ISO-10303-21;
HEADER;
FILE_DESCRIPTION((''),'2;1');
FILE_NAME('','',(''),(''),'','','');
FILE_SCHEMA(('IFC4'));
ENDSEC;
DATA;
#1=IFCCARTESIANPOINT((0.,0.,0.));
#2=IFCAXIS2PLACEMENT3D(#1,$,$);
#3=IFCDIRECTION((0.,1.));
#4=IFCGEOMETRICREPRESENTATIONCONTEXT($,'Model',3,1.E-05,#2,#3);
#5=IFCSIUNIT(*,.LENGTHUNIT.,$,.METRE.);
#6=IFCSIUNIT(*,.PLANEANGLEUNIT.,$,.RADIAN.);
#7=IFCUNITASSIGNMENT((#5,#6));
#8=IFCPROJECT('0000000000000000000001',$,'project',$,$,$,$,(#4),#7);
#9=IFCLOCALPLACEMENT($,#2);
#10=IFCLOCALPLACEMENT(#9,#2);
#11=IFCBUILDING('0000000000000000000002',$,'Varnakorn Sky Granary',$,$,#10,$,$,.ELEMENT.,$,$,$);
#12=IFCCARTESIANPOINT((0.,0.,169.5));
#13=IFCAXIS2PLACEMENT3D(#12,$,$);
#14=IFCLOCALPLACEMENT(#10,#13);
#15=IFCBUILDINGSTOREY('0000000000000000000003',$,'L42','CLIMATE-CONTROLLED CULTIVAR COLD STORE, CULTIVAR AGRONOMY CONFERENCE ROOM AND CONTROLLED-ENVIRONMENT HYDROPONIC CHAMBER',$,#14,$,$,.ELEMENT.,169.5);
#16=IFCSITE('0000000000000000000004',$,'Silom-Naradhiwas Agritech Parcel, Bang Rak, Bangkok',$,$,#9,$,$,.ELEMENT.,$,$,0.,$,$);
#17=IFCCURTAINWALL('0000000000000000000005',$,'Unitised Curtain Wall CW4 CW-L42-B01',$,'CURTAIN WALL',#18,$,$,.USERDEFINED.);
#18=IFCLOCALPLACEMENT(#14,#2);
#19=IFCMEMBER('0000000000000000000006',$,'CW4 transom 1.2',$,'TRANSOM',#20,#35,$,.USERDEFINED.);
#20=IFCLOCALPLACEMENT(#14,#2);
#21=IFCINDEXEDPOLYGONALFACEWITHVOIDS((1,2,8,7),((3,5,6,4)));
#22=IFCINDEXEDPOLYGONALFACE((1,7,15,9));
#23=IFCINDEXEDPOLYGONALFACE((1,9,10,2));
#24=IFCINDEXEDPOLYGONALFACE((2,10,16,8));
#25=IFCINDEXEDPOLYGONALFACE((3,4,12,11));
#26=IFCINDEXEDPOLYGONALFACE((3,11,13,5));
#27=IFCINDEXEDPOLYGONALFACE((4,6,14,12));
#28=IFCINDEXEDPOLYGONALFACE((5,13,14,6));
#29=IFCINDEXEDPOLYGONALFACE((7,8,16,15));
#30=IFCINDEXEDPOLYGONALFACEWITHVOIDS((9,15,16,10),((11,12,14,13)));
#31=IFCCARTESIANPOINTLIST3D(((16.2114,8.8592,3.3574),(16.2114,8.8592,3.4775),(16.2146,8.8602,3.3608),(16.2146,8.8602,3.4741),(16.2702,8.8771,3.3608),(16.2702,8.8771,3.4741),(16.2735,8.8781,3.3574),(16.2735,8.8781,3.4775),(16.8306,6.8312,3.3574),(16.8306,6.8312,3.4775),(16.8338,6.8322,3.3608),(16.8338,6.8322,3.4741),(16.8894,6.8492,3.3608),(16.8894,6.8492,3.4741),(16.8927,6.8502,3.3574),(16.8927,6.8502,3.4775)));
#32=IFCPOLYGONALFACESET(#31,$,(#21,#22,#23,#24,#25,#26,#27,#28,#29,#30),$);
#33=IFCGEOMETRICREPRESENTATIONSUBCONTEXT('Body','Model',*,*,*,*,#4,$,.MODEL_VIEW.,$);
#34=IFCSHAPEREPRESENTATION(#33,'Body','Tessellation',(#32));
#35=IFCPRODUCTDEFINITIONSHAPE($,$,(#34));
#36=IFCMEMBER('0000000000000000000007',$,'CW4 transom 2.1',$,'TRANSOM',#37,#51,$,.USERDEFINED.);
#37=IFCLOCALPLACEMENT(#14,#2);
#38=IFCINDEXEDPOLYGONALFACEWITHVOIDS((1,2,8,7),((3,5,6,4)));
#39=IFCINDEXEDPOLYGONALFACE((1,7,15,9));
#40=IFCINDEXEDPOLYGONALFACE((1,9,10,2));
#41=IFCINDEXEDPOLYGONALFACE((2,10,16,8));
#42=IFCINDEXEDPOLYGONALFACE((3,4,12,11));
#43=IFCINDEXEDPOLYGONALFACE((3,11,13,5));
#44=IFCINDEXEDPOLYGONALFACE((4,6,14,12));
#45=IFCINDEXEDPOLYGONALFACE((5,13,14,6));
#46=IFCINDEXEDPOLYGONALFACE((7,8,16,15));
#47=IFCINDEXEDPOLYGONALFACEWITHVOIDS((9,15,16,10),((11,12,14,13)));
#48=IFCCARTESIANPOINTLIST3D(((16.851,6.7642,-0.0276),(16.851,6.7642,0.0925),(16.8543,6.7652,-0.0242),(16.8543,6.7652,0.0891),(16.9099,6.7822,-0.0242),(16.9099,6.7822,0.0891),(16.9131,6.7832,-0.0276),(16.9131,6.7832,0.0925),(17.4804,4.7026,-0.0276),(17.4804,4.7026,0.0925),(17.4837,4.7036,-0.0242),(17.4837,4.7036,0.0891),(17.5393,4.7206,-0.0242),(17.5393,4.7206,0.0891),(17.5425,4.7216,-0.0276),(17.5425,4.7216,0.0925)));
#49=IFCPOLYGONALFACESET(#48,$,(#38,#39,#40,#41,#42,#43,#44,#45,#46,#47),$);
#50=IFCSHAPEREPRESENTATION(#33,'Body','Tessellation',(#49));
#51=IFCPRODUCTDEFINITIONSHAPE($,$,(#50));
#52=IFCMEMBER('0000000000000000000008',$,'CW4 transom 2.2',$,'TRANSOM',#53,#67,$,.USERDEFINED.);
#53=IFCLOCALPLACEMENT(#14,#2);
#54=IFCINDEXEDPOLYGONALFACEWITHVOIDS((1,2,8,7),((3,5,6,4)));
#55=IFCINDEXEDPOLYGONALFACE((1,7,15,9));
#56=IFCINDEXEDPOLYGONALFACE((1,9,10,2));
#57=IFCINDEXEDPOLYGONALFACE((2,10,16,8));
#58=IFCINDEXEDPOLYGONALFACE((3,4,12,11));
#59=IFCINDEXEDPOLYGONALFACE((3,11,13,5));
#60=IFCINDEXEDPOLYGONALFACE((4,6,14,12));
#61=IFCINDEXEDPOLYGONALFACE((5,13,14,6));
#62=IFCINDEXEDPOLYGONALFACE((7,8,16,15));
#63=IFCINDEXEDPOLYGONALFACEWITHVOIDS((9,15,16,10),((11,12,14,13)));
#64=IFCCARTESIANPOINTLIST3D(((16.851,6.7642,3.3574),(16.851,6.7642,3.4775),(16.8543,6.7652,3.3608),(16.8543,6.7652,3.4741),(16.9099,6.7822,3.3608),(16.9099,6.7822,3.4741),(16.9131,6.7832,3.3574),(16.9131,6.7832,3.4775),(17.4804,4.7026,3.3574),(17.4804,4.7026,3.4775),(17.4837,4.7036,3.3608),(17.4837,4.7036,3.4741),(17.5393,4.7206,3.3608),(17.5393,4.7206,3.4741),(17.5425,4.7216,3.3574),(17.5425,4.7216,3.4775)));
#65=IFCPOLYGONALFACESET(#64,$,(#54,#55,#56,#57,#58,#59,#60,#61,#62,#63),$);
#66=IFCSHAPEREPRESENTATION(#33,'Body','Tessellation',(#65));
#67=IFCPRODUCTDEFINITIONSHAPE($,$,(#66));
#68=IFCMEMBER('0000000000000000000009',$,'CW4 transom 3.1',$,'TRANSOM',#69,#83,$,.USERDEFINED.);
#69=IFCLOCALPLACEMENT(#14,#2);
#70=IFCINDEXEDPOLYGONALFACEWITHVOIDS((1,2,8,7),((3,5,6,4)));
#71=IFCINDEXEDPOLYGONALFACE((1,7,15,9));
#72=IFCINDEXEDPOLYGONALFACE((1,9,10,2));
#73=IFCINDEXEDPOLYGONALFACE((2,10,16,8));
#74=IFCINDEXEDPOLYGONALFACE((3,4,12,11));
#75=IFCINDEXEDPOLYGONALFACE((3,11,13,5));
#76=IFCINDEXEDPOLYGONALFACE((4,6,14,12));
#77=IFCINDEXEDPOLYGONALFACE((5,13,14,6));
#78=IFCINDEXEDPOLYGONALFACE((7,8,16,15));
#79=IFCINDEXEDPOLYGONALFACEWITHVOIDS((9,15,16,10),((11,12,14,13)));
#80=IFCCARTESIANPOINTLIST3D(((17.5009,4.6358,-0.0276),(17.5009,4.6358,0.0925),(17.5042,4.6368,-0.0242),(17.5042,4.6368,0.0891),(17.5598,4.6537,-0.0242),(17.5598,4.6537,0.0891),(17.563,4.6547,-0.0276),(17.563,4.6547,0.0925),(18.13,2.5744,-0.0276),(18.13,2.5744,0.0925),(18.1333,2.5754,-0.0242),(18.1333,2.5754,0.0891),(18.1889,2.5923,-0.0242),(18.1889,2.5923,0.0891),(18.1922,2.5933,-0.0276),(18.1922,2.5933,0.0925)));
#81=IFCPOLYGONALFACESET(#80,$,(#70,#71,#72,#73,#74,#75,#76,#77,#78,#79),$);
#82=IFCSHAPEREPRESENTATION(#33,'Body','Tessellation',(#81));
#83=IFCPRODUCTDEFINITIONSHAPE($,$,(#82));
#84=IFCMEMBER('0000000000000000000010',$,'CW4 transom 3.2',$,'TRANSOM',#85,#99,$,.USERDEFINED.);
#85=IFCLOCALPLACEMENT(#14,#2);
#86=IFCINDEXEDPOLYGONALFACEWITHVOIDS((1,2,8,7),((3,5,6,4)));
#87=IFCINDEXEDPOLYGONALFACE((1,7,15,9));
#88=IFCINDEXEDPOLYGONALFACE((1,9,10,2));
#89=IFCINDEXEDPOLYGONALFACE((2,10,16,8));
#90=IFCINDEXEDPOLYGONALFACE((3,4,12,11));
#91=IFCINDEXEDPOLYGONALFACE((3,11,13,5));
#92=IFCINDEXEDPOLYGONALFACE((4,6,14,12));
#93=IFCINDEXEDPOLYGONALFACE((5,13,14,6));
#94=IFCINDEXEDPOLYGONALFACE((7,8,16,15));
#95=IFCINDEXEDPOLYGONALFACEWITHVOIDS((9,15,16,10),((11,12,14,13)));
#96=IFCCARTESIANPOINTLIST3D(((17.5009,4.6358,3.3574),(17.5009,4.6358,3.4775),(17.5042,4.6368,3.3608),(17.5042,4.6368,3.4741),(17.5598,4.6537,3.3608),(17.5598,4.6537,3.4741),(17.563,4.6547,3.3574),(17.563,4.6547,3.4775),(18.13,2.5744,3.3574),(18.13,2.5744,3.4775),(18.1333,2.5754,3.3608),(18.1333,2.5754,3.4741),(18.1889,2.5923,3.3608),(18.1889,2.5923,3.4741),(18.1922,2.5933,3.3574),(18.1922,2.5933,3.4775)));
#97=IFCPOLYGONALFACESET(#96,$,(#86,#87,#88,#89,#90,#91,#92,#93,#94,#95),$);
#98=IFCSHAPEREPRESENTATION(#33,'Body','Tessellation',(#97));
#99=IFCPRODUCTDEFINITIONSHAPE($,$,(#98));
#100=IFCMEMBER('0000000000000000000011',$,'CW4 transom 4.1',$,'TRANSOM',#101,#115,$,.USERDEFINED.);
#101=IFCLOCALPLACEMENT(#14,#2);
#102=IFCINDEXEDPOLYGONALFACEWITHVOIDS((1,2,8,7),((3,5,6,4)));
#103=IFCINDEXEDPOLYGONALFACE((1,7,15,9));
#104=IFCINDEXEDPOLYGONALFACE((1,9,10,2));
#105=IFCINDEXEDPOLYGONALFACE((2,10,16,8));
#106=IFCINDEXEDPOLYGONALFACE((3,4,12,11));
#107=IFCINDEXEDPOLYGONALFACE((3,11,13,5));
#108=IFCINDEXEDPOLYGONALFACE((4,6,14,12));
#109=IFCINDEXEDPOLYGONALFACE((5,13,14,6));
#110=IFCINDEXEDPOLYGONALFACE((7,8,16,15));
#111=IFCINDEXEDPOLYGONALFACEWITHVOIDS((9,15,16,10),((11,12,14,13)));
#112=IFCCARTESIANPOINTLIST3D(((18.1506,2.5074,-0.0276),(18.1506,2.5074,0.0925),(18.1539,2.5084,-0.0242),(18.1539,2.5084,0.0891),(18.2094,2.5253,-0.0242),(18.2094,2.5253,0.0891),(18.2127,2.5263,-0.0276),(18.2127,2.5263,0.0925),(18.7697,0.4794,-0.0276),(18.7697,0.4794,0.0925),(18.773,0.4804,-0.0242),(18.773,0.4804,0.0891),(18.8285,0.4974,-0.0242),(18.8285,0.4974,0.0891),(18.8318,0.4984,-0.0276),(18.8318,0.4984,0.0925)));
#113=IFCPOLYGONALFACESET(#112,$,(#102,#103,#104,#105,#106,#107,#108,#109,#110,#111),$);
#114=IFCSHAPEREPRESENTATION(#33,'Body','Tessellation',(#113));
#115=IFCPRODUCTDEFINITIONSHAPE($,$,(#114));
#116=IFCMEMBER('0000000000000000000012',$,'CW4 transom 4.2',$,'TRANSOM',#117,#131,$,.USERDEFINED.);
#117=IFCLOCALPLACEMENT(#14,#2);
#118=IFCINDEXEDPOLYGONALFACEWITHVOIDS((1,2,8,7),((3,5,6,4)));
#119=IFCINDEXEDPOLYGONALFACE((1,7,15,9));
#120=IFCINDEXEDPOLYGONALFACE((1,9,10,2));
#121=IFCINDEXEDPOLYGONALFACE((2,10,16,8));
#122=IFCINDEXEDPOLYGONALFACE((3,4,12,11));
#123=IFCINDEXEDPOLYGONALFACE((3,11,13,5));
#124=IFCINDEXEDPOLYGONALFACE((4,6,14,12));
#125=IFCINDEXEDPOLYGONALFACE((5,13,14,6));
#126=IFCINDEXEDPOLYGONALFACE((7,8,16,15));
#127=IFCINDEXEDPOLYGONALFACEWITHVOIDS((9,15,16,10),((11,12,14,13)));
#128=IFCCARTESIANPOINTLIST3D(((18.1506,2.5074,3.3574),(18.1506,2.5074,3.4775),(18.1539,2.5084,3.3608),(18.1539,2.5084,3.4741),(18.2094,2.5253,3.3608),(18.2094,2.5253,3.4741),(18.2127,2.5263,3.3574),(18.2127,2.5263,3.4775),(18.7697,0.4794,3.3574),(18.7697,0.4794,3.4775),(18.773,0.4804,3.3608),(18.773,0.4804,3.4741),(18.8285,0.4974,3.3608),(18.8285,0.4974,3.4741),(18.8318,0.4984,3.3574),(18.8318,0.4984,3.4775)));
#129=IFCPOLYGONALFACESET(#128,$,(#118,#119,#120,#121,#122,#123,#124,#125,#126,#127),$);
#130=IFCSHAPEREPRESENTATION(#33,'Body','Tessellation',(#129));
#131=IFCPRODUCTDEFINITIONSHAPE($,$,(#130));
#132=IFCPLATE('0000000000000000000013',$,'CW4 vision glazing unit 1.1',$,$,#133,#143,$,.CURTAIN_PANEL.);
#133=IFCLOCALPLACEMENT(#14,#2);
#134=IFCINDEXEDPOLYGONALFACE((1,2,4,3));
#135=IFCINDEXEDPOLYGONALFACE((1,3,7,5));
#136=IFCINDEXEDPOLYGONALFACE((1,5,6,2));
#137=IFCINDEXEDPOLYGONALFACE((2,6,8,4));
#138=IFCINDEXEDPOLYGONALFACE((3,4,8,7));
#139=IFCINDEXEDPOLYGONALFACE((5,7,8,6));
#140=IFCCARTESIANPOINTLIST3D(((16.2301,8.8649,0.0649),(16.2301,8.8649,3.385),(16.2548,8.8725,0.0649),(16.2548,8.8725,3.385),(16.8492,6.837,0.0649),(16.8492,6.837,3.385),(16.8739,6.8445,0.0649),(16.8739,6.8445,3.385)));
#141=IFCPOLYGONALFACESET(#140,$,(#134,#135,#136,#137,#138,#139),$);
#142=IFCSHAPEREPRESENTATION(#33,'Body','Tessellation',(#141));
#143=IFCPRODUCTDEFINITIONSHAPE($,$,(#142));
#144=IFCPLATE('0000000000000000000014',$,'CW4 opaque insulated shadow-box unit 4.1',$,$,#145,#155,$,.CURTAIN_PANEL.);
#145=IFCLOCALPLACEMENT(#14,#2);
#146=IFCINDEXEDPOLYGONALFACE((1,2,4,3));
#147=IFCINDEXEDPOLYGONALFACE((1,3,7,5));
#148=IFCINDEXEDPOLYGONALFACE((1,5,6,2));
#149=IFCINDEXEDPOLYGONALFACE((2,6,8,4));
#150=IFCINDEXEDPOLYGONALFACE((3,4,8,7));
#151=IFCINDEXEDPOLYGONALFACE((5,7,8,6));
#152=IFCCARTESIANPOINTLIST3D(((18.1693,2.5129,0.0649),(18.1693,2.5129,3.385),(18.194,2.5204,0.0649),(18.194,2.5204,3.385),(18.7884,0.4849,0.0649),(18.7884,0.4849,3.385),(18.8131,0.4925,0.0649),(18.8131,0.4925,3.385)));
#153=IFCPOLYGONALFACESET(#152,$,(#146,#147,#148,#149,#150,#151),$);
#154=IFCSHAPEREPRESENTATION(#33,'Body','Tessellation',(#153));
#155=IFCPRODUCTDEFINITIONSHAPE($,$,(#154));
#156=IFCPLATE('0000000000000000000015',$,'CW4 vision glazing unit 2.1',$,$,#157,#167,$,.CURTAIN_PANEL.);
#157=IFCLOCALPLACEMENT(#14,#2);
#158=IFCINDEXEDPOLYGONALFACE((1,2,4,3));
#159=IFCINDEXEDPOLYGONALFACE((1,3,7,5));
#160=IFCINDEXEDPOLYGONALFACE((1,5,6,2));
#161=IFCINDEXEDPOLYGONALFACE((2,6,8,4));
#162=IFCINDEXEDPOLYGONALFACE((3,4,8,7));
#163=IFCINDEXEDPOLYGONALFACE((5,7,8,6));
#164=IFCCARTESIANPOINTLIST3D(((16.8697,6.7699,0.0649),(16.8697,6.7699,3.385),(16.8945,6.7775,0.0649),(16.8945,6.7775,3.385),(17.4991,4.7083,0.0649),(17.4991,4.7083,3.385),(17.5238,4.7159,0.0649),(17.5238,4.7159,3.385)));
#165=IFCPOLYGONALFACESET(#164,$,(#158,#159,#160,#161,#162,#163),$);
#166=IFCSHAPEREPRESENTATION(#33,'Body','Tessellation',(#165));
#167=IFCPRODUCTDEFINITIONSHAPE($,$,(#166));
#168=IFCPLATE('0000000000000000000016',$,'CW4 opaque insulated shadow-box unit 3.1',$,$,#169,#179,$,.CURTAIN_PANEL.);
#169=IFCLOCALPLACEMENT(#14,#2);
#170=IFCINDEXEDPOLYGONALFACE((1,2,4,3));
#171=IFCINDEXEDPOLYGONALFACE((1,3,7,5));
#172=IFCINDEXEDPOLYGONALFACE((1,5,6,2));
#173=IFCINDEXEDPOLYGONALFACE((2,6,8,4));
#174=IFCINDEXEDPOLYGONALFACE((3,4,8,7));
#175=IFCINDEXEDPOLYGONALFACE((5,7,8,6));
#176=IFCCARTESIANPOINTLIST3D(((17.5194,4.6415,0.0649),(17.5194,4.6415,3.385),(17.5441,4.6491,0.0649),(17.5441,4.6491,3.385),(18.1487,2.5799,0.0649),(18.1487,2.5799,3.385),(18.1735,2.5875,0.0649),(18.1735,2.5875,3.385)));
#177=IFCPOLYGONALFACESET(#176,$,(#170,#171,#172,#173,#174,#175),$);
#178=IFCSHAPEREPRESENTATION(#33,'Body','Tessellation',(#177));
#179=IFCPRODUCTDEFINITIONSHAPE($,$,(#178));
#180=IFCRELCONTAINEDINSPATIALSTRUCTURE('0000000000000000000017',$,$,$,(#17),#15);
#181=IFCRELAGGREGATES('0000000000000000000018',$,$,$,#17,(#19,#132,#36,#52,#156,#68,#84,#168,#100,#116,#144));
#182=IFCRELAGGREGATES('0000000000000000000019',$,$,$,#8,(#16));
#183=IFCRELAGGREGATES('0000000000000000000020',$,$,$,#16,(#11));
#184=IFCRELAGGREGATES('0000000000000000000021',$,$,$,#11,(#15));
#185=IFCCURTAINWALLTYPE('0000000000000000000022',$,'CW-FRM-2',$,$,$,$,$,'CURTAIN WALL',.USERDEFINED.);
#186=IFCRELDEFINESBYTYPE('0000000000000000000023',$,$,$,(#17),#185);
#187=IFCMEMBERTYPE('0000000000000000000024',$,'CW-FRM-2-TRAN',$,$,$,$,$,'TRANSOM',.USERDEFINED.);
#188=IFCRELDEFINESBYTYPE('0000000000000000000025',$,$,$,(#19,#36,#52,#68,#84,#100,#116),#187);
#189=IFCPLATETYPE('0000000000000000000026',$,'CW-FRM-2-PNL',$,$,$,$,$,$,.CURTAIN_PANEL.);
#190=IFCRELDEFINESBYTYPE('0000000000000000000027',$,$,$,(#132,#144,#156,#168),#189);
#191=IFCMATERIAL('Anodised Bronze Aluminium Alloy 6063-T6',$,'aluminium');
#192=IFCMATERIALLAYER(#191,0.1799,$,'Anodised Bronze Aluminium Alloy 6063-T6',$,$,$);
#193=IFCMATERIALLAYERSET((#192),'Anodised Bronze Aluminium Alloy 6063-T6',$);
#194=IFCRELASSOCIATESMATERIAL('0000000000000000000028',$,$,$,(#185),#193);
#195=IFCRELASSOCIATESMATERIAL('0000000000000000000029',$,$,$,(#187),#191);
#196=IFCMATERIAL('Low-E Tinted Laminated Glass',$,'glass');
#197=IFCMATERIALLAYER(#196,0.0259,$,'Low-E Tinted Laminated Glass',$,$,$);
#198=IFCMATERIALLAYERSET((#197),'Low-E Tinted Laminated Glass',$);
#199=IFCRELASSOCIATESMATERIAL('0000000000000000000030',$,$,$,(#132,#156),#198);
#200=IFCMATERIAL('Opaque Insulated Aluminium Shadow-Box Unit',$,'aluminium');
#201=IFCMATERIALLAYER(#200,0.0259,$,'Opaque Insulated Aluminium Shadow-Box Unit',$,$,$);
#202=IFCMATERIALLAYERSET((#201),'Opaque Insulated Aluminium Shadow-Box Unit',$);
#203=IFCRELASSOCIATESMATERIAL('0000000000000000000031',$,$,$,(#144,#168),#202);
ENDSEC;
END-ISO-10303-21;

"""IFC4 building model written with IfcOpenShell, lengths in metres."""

from ifc_helpers import new_model, si_unit, direction, frame, origin, origin_2d, place, context, subcontext, project, spatial, rectangle, hollow_rectangle, extrude, source, transform, mapped, material, layer, layer_set, material_profile, profile_set, type_object, type_shapes, element, aggregate, save


model = new_model("IFC4")

# Units and contexts
model_context = context("Model", 3, precision=1e-05, world=origin(), true_north=direction((0.0, 1.0)))
body_context = subcontext(model_context, "Body", "Model", "MODEL_VIEW")
ifc_project = project(units=[si_unit("LENGTHUNIT", "METRE"), si_unit("PLANEANGLEUNIT", "RADIAN")], contexts=[model_context])

# Site, building, storey
site_placement = place(None, origin())
site = spatial("IfcSite", under=ifc_project, at=site_placement, Name="Silom-Naradhiwas Agritech Parcel, Bang Rak, Bangkok", CompositionType="ELEMENT", RefElevation=0.0)
building_placement = place(site_placement, origin())
building = spatial("IfcBuilding", under=site, at=building_placement, Name="Varnakorn Sky Granary", CompositionType="ELEMENT")
storey_placement = place(building_placement, frame((0.0, 0.0, 169.5)))
storey = spatial("IfcBuildingStorey", under=building, at=storey_placement, Name="L42", Description="CLIMATE-CONTROLLED CULTIVAR COLD STORE, CULTIVAR AGRONOMY CONFERENCE ROOM AND CONTROLLED-ENVIRONMENT HYDROPONIC CHAMBER", CompositionType="ELEMENT", Elevation=169.5)

# Curtain wall, members, plates
ifc_material_1 = material(Name="Anodised Bronze Aluminium Alloy 6063-T6", Category="aluminium")
ifc_layer_1 = layer(ifc_material_1, 0.1799, Name="Anodised Bronze Aluminium Alloy 6063-T6")
ifc_layer_set_1 = layer_set([ifc_layer_1], Name="Anodised Bronze Aluminium Alloy 6063-T6")
curtain_wall_type = type_object("IfcCurtainWallType", Name="CW-FRM-2", ElementType="CURTAIN WALL", PredefinedType="USERDEFINED", material=ifc_layer_set_1)
curtain_wall_placement = place(storey_placement, origin())
curtain_wall = element("IfcCurtainWall", 1, at=curtain_wall_placement, inside=storey, type_object=curtain_wall_type, Name="Unitised Curtain Wall CW4 CW-L42-B01", ObjectType="CURTAIN WALL", PredefinedType="USERDEFINED")
ifc_material_profile_1 = material_profile(ifc_material_1, hollow_rectangle(XDim=0.0649, YDim=0.1201, WallThickness=0.0034, at=origin_2d()), Name="ALU TRAN 65x120")
ifc_profile_set_1 = profile_set([ifc_material_profile_1], Name="Anodised Bronze Aluminium Alloy 6063-T6")
member_type_1 = type_object("IfcMemberType", Name="CW-FRM-2-TRAN", ElementType="TRANSOM", PredefinedType="USERDEFINED", material=ifc_profile_set_1)
member_1_placement = place(storey_placement, frame((16.2424, 8.8687, 3.4175), z_axis=(0.292014, -0.956414, 0.0), x_axis=(0.956414, 0.292014, 0.0)))
member_1 = element("IfcMember", 2, at=member_1_placement, type_object=member_type_1, Name="CW4 transom 1.2", ObjectType="TRANSOM", PredefinedType="USERDEFINED", context=body_context, shape_type="SweptSolid", body=[
    extrude(hollow_rectangle(XDim=0.0649, YDim=0.1201, WallThickness=0.0034, at=origin_2d()), origin(), (0.0, 0.0, 1.0), 2.1204),
])
member_2_placement = place(storey_placement, frame((16.8821, 6.7737, 0.0325), z_axis=(0.292, -0.956418, 0.0), x_axis=(0.956418, 0.292, 0.0)))
member_2 = element("IfcMember", 3, at=member_2_placement, type_object=member_type_1, Name="CW4 transom 2.1", ObjectType="TRANSOM", PredefinedType="USERDEFINED", context=body_context, shape_type="SweptSolid", body=[
    extrude(hollow_rectangle(XDim=0.0649, YDim=0.1201, WallThickness=0.0034, at=origin_2d()), origin(), (0.0, 0.0, 1.0), 2.1555),
])
member_3_placement = place(storey_placement, frame((16.8821, 6.7737, 3.4175), z_axis=(0.292, -0.956418, 0.0), x_axis=(0.956418, 0.292, 0.0)))
member_3 = element("IfcMember", 4, at=member_3_placement, type_object=member_type_1, Name="CW4 transom 2.2", ObjectType="TRANSOM", PredefinedType="USERDEFINED", context=body_context, shape_type="SweptSolid", body=[
    extrude(hollow_rectangle(XDim=0.0649, YDim=0.1201, WallThickness=0.0034, at=origin_2d()), origin(), (0.0, 0.0, 1.0), 2.1555),
])
member_4_placement = place(storey_placement, frame((17.532, 4.6453, 0.0325), z_axis=(0.291896, -0.95645, 0.0), x_axis=(0.95645, 0.291896, 0.0)))
member_4 = element("IfcMember", 5, at=member_4_placement, type_object=member_type_1, Name="CW4 transom 3.1", ObjectType="TRANSOM", PredefinedType="USERDEFINED", context=body_context, shape_type="SweptSolid", body=[
    extrude(hollow_rectangle(XDim=0.0649, YDim=0.1201, WallThickness=0.0034, at=origin_2d()), origin(), (0.0, 0.0, 1.0), 2.1553),
])
member_5_placement = place(storey_placement, frame((17.532, 4.6453, 3.4175), z_axis=(0.291896, -0.95645, 0.0), x_axis=(0.95645, 0.291896, 0.0)))
member_5 = element("IfcMember", 6, at=member_5_placement, type_object=member_type_1, Name="CW4 transom 3.2", ObjectType="TRANSOM", PredefinedType="USERDEFINED", context=body_context, shape_type="SweptSolid", body=[
    extrude(hollow_rectangle(XDim=0.0649, YDim=0.1201, WallThickness=0.0034, at=origin_2d()), origin(), (0.0, 0.0, 1.0), 2.1553),
])
member_6_placement = place(storey_placement, frame((18.1816, 2.5168, 0.0325), z_axis=(0.291982, -0.956424, 0.0), x_axis=(0.956424, 0.291982, 0.0)))
member_6 = element("IfcMember", 7, at=member_6_placement, type_object=member_type_1, Name="CW4 transom 4.1", ObjectType="TRANSOM", PredefinedType="USERDEFINED", context=body_context, shape_type="SweptSolid", body=[
    extrude(hollow_rectangle(XDim=0.0649, YDim=0.1201, WallThickness=0.0034, at=origin_2d()), origin(), (0.0, 0.0, 1.0), 2.1204),
])
member_7_placement = place(storey_placement, frame((18.1816, 2.5168, 3.4175), z_axis=(0.291982, -0.956424, 0.0), x_axis=(0.956424, 0.291982, 0.0)))
member_7 = element("IfcMember", 8, at=member_7_placement, type_object=member_type_1, Name="CW4 transom 4.2", ObjectType="TRANSOM", PredefinedType="USERDEFINED", context=body_context, shape_type="SweptSolid", body=[
    extrude(hollow_rectangle(XDim=0.0649, YDim=0.1201, WallThickness=0.0034, at=origin_2d()), origin(), (0.0, 0.0, 1.0), 2.1204),
])
ifc_material_2 = material(Name="Low-E Tinted Laminated Glass", Category="glass")
ifc_layer_2 = layer(ifc_material_2, 0.0259, Name="Low-E Tinted Laminated Glass")
ifc_layer_set_2 = layer_set([ifc_layer_2], Name="Low-E Tinted Laminated Glass")
plate_type = type_object("IfcPlateType", Name="CW-FRM-2-PNL", PredefinedType="CURTAIN_PANEL")
shared_shape_1 = source(origin(), body_context, "Body", "SweptSolid", [
    extrude(rectangle(XDim=2.1204, YDim=0.0259, at=origin_2d()), origin(), (0.0, 0.0, 1.0), 3.3201),
])
plate_1_placement = place(storey_placement, frame((16.552, 7.8547, 0.0649), z_axis=(0.0, 0.0, 1.0), x_axis=(0.291975, -0.956426, 0.0)))
plate_1 = element("IfcPlate", 9, at=plate_1_placement, type_object=plate_type, material=ifc_layer_set_2, Name="CW4 vision glazing unit 1.1", PredefinedType="CURTAIN_PANEL", context=body_context, shape_type="MappedRepresentation", body=[
    mapped(shared_shape_1, transform((0.0, 0.0, 0.0), x_axis=(1.0, 0.0, 0.0), y_axis=(0.0, 1.0, 0.0), z_axis=(0.0, 0.0, 1.0), scale=1.0)),
])
ifc_material_3 = material(Name="Opaque Insulated Aluminium Shadow-Box Unit", Category="aluminium")
ifc_layer_3 = layer(ifc_material_3, 0.0259, Name="Opaque Insulated Aluminium Shadow-Box Unit")
ifc_layer_set_3 = layer_set([ifc_layer_3], Name="Opaque Insulated Aluminium Shadow-Box Unit")
plate_2_placement = place(storey_placement, frame((18.4912, 1.5027, 0.0649), z_axis=(0.0, 0.0, 1.0), x_axis=(0.291975, -0.956426, 0.0)))
plate_2 = element("IfcPlate", 10, at=plate_2_placement, type_object=plate_type, material=ifc_layer_set_3, Name="CW4 opaque insulated shadow-box unit 4.1", PredefinedType="CURTAIN_PANEL", context=body_context, shape_type="MappedRepresentation", body=[
    mapped(shared_shape_1, transform((0.0, 0.0, 0.0), x_axis=(1.0, 0.0, 0.0), y_axis=(0.0, 1.0, 0.0), z_axis=(0.0, 0.0, 1.0), scale=1.0)),
])
shared_shape_2 = source(origin(), body_context, "Body", "SweptSolid", [
    extrude(rectangle(XDim=2.1555, YDim=0.0259, at=origin_2d()), origin(), (0.0, 0.0, 1.0), 3.3201),
])
type_shapes(plate_type, [shared_shape_1, shared_shape_2])
plate_3_placement = place(storey_placement, frame((17.1968, 5.7429, 0.0649), z_axis=(0.0, 0.0, 1.0), x_axis=(0.291975, -0.956426, 0.0)))
plate_3 = element("IfcPlate", 11, at=plate_3_placement, type_object=plate_type, material=ifc_layer_set_2, Name="CW4 vision glazing unit 2.1", PredefinedType="CURTAIN_PANEL", context=body_context, shape_type="MappedRepresentation", body=[
    mapped(shared_shape_2, transform((0.0, 0.0, 0.0), x_axis=(1.0, 0.0, 0.0), y_axis=(0.0, 1.0, 0.0), z_axis=(0.0, 0.0, 1.0), scale=1.0)),
])
plate_4_placement = place(storey_placement, frame((17.8464, 3.6145, 0.0649), z_axis=(0.0, 0.0, 1.0), x_axis=(0.291975, -0.956426, 0.0)))
plate_4 = element("IfcPlate", 12, at=plate_4_placement, type_object=plate_type, material=ifc_layer_set_3, Name="CW4 opaque insulated shadow-box unit 3.1", PredefinedType="CURTAIN_PANEL", context=body_context, shape_type="MappedRepresentation", body=[
    mapped(shared_shape_2, transform((0.0, 0.0, 0.0), x_axis=(1.0, 0.0, 0.0), y_axis=(0.0, 1.0, 0.0), z_axis=(0.0, 0.0, 1.0), scale=1.0)),
])
aggregate(curtain_wall, [member_1, plate_1, member_2, member_3, plate_3, member_4, member_5, plate_4, member_6, member_7, plate_2])

save(model, "model.ifc")
